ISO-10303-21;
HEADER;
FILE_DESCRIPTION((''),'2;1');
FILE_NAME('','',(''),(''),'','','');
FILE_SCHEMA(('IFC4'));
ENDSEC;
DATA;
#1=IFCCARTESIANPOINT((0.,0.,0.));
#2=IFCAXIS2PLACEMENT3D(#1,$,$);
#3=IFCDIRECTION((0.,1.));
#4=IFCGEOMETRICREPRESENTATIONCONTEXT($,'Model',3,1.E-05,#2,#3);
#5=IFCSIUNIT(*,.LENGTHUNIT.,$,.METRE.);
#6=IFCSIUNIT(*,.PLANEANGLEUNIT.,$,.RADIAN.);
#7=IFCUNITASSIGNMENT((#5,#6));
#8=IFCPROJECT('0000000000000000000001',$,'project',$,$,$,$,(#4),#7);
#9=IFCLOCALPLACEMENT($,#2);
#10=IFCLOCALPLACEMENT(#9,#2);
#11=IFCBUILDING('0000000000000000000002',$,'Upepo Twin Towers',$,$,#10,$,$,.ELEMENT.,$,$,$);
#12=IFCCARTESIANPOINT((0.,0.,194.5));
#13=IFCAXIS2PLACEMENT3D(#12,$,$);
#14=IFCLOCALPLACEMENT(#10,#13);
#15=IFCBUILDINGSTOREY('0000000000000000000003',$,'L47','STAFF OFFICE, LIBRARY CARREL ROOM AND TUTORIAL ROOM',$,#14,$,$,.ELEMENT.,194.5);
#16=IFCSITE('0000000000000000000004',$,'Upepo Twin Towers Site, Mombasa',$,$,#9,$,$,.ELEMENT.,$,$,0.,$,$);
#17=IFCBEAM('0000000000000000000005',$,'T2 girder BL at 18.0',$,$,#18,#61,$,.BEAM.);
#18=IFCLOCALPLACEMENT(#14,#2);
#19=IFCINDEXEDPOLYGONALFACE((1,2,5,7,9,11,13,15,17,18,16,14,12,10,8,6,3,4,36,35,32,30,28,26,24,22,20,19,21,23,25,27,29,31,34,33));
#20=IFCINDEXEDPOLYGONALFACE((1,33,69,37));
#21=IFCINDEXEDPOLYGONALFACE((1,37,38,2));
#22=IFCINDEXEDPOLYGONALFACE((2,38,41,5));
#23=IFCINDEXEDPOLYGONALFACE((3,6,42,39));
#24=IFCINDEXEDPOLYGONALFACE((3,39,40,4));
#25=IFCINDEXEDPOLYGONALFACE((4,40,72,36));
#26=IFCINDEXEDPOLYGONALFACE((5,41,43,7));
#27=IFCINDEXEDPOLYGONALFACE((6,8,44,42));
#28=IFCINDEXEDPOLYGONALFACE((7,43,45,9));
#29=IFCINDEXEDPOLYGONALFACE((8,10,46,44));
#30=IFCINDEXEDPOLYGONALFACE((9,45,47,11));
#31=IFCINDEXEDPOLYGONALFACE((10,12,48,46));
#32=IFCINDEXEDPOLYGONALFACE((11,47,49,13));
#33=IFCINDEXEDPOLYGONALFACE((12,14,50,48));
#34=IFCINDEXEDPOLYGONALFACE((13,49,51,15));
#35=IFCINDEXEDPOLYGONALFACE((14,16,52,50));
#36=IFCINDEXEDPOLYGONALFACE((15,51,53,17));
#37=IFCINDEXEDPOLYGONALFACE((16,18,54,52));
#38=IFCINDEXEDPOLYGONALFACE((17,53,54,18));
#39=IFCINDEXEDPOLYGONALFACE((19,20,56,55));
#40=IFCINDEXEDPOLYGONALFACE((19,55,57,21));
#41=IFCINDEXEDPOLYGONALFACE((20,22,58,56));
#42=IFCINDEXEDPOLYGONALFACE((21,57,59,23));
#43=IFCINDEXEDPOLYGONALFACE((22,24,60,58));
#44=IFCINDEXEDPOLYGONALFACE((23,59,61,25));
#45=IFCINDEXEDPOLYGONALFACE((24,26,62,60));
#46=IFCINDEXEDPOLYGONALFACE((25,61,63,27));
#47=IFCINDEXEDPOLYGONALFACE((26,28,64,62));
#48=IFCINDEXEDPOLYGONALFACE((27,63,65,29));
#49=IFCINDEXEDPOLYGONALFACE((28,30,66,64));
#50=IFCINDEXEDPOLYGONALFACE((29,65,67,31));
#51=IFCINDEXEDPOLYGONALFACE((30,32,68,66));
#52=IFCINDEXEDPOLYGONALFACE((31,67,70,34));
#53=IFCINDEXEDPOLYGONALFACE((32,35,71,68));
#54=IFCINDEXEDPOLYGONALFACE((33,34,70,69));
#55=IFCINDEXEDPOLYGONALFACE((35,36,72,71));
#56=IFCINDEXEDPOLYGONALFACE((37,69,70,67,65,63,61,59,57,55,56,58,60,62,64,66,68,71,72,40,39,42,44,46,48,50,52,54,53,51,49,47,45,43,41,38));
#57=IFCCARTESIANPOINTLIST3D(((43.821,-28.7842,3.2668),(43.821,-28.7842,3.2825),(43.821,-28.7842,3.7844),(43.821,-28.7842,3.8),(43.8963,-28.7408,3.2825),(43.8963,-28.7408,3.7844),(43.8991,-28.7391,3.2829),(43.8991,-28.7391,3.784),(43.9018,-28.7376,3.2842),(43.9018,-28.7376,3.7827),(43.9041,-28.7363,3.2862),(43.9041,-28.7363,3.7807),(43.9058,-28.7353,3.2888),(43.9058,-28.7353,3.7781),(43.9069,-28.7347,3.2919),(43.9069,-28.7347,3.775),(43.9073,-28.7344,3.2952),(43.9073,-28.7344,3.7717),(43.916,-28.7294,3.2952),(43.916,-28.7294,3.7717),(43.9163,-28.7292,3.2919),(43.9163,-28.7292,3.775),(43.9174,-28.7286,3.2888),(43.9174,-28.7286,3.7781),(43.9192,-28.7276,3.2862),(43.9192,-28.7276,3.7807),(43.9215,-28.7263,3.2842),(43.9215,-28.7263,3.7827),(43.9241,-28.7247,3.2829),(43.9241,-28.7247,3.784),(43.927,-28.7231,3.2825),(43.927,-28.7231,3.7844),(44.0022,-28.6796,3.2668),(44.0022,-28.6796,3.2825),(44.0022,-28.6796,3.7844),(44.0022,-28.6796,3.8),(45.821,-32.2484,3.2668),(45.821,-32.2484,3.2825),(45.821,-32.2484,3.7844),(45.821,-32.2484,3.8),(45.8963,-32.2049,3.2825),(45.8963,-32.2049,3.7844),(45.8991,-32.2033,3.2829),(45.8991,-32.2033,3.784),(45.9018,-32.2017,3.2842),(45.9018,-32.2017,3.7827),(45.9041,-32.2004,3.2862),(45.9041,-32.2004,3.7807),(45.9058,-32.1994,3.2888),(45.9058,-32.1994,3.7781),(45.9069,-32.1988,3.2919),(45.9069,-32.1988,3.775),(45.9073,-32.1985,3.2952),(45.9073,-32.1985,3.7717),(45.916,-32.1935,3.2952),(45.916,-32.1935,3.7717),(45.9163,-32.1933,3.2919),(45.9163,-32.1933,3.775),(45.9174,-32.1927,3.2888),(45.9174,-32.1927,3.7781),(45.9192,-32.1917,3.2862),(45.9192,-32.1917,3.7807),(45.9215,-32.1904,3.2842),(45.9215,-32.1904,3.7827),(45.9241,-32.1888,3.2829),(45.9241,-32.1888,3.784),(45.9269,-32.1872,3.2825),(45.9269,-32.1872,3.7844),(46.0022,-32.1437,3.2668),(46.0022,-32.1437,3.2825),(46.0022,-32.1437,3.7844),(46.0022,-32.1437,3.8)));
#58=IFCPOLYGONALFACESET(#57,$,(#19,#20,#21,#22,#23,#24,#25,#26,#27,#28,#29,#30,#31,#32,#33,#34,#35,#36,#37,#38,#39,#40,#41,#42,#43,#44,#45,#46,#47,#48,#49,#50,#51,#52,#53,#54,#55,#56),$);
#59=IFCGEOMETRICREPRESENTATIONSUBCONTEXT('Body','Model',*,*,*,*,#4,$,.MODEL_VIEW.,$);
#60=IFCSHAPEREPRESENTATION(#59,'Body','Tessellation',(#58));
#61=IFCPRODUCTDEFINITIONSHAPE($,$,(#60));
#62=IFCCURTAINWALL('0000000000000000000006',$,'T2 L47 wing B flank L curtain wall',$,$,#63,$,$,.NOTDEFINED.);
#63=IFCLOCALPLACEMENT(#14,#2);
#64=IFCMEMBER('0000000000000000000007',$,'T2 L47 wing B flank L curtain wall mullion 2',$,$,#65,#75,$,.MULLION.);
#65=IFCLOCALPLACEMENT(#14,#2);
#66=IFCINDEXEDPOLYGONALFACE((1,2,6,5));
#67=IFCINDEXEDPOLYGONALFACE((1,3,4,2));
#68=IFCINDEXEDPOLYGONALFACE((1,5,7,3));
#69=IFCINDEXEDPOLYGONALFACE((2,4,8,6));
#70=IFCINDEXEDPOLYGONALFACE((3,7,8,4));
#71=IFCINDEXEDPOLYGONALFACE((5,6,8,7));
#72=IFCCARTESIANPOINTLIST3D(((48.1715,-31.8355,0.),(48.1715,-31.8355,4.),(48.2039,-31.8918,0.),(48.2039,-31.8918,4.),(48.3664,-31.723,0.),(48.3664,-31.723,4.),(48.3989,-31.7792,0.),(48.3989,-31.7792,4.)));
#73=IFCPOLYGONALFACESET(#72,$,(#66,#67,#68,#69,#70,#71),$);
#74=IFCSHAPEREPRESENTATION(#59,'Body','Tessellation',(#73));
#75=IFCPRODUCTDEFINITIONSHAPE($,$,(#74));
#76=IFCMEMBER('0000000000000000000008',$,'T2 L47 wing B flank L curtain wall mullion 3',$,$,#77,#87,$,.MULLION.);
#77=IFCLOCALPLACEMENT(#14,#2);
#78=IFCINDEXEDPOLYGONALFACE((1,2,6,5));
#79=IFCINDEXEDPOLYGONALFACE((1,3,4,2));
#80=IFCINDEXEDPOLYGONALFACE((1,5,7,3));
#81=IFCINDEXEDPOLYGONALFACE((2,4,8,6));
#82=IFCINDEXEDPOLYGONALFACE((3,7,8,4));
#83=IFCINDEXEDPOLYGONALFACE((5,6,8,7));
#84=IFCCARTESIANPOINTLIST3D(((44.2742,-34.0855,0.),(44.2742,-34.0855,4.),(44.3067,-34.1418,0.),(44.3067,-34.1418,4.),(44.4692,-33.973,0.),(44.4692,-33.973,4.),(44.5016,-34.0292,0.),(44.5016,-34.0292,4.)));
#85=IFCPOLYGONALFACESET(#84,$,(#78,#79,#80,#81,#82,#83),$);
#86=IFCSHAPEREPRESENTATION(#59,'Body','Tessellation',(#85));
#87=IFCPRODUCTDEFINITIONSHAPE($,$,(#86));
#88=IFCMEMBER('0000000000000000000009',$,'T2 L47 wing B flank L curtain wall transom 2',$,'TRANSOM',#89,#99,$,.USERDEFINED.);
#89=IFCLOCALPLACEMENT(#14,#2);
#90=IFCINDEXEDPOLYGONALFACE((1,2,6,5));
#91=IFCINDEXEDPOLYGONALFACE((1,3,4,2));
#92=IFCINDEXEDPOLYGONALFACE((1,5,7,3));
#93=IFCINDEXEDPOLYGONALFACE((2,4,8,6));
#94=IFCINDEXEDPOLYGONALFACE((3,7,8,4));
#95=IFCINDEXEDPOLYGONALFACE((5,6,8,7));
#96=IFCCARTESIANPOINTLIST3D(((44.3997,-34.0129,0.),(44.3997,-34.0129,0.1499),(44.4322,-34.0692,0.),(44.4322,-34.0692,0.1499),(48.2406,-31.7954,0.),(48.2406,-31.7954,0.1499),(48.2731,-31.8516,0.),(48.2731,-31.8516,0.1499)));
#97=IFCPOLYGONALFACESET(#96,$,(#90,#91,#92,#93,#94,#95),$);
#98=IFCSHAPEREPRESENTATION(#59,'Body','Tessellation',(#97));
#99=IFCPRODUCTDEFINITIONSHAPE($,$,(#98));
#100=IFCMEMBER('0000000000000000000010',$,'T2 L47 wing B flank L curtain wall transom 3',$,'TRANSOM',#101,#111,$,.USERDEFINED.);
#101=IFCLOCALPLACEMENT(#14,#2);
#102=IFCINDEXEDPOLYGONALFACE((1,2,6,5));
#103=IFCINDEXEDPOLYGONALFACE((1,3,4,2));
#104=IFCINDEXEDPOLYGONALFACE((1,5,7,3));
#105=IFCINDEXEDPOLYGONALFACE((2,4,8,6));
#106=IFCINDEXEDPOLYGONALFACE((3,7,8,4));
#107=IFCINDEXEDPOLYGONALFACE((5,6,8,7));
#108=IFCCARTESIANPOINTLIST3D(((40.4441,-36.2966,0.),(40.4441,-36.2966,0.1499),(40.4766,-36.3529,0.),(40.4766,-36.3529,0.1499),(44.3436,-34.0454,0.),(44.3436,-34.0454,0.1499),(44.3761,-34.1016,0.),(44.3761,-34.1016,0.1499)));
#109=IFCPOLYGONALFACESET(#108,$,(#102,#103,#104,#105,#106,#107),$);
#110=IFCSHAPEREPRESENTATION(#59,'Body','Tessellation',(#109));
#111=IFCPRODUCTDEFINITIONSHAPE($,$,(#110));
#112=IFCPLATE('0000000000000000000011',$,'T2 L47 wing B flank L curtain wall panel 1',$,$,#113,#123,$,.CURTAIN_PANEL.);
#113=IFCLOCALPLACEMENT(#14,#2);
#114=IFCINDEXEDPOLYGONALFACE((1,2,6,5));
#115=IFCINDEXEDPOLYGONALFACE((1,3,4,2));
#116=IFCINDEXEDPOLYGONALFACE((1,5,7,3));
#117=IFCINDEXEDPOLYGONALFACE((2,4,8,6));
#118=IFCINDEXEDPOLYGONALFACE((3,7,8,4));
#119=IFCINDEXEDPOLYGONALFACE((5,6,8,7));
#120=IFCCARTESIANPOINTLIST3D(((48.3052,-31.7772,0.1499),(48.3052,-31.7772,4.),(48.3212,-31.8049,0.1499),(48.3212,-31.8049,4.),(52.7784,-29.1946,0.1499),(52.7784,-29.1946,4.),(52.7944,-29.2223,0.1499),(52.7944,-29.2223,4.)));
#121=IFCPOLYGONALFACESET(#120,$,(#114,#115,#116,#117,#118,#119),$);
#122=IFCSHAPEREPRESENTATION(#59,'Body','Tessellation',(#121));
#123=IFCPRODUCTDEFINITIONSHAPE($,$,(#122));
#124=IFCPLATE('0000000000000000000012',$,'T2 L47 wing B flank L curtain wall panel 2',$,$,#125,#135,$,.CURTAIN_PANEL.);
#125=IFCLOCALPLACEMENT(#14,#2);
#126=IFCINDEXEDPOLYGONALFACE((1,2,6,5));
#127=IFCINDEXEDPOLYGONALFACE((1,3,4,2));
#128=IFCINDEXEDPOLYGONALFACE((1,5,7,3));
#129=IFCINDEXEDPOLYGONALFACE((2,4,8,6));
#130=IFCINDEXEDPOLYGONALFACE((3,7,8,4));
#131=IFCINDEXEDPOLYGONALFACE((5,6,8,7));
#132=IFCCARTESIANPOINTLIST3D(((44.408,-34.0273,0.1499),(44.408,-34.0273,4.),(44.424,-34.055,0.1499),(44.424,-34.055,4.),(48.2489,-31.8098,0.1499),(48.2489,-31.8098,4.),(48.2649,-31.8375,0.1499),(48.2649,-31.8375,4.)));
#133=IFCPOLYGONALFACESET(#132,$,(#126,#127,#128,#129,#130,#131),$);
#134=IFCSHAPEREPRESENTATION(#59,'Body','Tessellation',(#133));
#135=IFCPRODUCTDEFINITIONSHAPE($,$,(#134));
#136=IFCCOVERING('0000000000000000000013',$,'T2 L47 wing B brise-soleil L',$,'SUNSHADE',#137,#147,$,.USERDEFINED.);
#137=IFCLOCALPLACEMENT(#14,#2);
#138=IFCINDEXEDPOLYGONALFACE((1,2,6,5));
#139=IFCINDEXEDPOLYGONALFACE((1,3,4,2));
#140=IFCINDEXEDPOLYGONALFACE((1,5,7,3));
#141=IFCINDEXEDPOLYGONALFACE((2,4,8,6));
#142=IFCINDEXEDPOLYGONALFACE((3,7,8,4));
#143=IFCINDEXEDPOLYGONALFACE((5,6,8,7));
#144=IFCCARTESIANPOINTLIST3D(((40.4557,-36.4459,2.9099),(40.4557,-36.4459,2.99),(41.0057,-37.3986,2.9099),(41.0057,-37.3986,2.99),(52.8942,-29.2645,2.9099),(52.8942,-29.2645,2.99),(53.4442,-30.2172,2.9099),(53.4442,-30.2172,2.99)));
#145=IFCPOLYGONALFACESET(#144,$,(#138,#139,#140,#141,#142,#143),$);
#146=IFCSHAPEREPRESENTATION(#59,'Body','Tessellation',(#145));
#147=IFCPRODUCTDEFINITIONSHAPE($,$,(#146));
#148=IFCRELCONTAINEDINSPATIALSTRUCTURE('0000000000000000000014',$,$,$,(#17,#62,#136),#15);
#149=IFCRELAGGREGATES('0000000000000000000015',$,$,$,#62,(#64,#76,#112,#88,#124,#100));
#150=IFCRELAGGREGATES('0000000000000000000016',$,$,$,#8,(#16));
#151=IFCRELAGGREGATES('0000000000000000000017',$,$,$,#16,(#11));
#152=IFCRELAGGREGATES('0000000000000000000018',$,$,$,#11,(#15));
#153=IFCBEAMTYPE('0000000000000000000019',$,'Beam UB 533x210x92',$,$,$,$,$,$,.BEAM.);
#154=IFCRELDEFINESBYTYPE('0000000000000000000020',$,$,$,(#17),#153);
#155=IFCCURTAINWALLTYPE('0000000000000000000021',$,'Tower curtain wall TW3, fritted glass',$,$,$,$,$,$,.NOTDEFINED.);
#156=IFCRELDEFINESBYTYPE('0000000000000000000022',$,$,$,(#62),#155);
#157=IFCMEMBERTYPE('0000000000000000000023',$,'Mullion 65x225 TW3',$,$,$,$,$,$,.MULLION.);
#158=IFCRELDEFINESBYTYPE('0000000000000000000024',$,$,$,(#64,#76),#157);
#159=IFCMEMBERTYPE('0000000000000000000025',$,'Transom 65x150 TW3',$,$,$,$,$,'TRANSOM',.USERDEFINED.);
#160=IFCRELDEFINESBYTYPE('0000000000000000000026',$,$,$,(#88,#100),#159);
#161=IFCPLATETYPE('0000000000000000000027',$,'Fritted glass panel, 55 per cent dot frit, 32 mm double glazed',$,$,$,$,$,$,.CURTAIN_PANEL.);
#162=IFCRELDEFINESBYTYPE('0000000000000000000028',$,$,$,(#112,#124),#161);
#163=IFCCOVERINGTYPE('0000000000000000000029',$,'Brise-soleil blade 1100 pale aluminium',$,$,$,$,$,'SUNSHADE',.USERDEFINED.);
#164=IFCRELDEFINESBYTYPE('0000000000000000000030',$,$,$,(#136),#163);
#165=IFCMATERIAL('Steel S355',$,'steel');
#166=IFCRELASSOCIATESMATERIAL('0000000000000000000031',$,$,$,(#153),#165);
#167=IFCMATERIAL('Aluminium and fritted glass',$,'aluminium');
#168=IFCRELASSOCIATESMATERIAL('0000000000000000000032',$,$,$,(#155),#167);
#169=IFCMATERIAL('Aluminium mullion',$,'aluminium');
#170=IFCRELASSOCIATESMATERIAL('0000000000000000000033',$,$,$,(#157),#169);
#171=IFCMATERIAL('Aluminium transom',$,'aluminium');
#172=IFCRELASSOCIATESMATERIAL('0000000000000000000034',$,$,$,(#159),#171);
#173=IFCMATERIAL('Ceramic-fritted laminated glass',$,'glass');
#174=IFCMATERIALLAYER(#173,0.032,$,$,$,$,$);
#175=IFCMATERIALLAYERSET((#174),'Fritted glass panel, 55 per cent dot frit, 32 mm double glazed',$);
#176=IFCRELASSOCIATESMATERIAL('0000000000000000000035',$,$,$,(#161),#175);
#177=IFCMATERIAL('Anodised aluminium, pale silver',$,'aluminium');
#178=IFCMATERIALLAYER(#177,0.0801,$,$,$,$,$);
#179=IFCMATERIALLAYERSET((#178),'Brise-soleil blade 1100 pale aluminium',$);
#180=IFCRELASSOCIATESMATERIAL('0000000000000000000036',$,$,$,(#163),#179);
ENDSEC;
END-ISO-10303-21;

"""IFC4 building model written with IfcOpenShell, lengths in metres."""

from ifc_helpers import new_model, si_unit, direction, frame, origin, origin_2d, place, context, subcontext, project, spatial, rectangle, i_section, extrude, material, layer, layer_set, material_profile, profile_set, type_object, element, aggregate, save


model = new_model("IFC4")

# Units and contexts
model_context = context("Model", 3, precision=1e-05, world=origin(), true_north=direction((0.0, 1.0)))
body_context = subcontext(model_context, "Body", "Model", "MODEL_VIEW")
ifc_project = project(units=[si_unit("LENGTHUNIT", "METRE"), si_unit("PLANEANGLEUNIT", "RADIAN")], contexts=[model_context])

# Site, building, storey
site_placement = place(None, origin())
site = spatial("IfcSite", under=ifc_project, at=site_placement, Name="Upepo Twin Towers Site, Mombasa", CompositionType="ELEMENT", RefElevation=0.0)
building_placement = place(site_placement, origin())
building = spatial("IfcBuilding", under=site, at=building_placement, Name="Upepo Twin Towers", CompositionType="ELEMENT")
storey_placement = place(building_placement, frame((0.0, 0.0, 194.5)))
storey = spatial("IfcBuildingStorey", under=building, at=storey_placement, Name="L47", Description="STAFF OFFICE, LIBRARY CARREL ROOM AND TUTORIAL ROOM", CompositionType="ELEMENT", Elevation=194.5)

# Beam
ifc_material_1 = material(Name="Steel S355", Category="steel")
ifc_material_profile_1 = material_profile(ifc_material_1, i_section(OverallWidth=0.2092, OverallDepth=0.5332, WebThickness=0.01, FlangeThickness=0.0156, FilletRadius=0.0127, at=origin_2d()), Name="UB 533x210x92")
ifc_profile_set_1 = profile_set([ifc_material_profile_1], Name="Steel S355")
beam_type_1 = type_object("IfcBeamType", Name="Beam UB 533x210x92", PredefinedType="BEAM", material=ifc_profile_set_1)
for number, where, z_axis, x_axis, name in (
    (1, (45.9116, -32.196, 3.5334), (-0.499999, 0.866026, 0.0), (-0.866026, -0.499999, 0.0), "T2 girder BL at 18.0"),
):
    element("IfcBeam", number, at=place(storey_placement, frame(where, z_axis=z_axis, x_axis=x_axis)), inside=storey, type_object=beam_type_1, Name=name, PredefinedType="BEAM", context=body_context, shape_type="SweptSolid", body=[
        extrude(i_section(OverallWidth=0.2092, OverallDepth=0.5332, WebThickness=0.01, FlangeThickness=0.0156, FilletRadius=0.0127, at=origin_2d()), origin(), (0.0, 0.0, 1.0), 4.0),
    ])

# Curtain wall, members, plates
ifc_material_2 = material(Name="Aluminium and fritted glass", Category="aluminium")
curtain_wall_type = type_object("IfcCurtainWallType", Name="Tower curtain wall TW3, fritted glass", PredefinedType="NOTDEFINED", material=ifc_material_2)
curtain_wall_placement = place(storey_placement, origin())
curtain_wall = element("IfcCurtainWall", 2, at=curtain_wall_placement, inside=storey, type_object=curtain_wall_type, Name="T2 L47 wing B flank L curtain wall", PredefinedType="NOTDEFINED")
ifc_material_3 = material(Name="Aluminium mullion", Category="aluminium")
ifc_material_profile_2 = material_profile(ifc_material_3, rectangle(XDim=0.0649, YDim=0.2251, at=origin_2d()), Name="MULLION 65x225")
ifc_profile_set_2 = profile_set([ifc_material_profile_2], Name="Aluminium mullion")
member_type_1 = type_object("IfcMemberType", Name="Mullion 65x225 TW3", PredefinedType="MULLION", material=ifc_profile_set_2)
member_1_placement = place(storey_placement, frame((48.2852, -31.8074, 0.0), z_axis=(0.0, 0.0, 1.0), x_axis=(0.5, -0.866025, 0.0)))
member_1 = element("IfcMember", 3, at=member_1_placement, type_object=member_type_1, Name="T2 L47 wing B flank L curtain wall mullion 2", PredefinedType="MULLION", context=body_context, shape_type="SweptSolid", body=[
    extrude(rectangle(XDim=0.0649, YDim=0.2251, at=origin_2d()), origin(), (0.0, 0.0, 1.0), 4.0),
])
member_2_placement = place(storey_placement, frame((44.3879, -34.0574, 0.0), z_axis=(0.0, 0.0, 1.0), x_axis=(0.5, -0.866025, 0.0)))
member_2 = element("IfcMember", 4, at=member_2_placement, type_object=member_type_1, Name="T2 L47 wing B flank L curtain wall mullion 3", PredefinedType="MULLION", context=body_context, shape_type="SweptSolid", body=[
    extrude(rectangle(XDim=0.0649, YDim=0.2251, at=origin_2d()), origin(), (0.0, 0.0, 1.0), 4.0),
])
ifc_material_4 = material(Name="Aluminium transom", Category="aluminium")
ifc_material_profile_3 = material_profile(ifc_material_4, rectangle(XDim=0.0649, YDim=0.1499, at=origin_2d()), Name="TRANSOM 65x150")
ifc_profile_set_3 = profile_set([ifc_material_profile_3], Name="Aluminium transom")
member_type_2 = type_object("IfcMemberType", Name="Transom 65x150 TW3", ElementType="TRANSOM", PredefinedType="USERDEFINED", material=ifc_profile_set_3)
member_3_placement = place(storey_placement, frame((48.2568, -31.8235, 0.075), z_axis=(-0.866022, -0.500005, 0.0), x_axis=(0.500005, -0.866022, 0.0)))
member_3 = element("IfcMember", 5, at=member_3_placement, type_object=member_type_2, Name="T2 L47 wing B flank L curtain wall transom 2", ObjectType="TRANSOM", PredefinedType="USERDEFINED", context=body_context, shape_type="SweptSolid", body=[
    extrude(rectangle(XDim=0.0649, YDim=0.1499, at=origin_2d()), origin(), (0.0, 0.0, 1.0), 4.4351),
])
member_4_placement = place(storey_placement, frame((44.3599, -34.0735, 0.075), z_axis=(-0.866036, -0.499982, 0.0), x_axis=(0.499982, -0.866036, 0.0)))
member_4 = element("IfcMember", 6, at=member_4_placement, type_object=member_type_2, Name="T2 L47 wing B flank L curtain wall transom 3", ObjectType="TRANSOM", PredefinedType="USERDEFINED", context=body_context, shape_type="SweptSolid", body=[
    extrude(rectangle(XDim=0.0649, YDim=0.1499, at=origin_2d()), origin(), (0.0, 0.0, 1.0), 4.5027),
])
ifc_material_5 = material(Name="Ceramic-fritted laminated glass", Category="glass")
ifc_layer_1 = layer(ifc_material_5, 0.032)
ifc_layer_set_1 = layer_set([ifc_layer_1], Name="Fritted glass panel, 55 per cent dot frit, 32 mm double glazed")
plate_type = type_object("IfcPlateType", Name="Fritted glass panel, 55 per cent dot frit, 32 mm double glazed", PredefinedType="CURTAIN_PANEL", material=ifc_layer_set_1)
plate_1_placement = place(storey_placement, frame((50.5498, -30.4998, 0.1499), z_axis=(0.0, 0.0, 1.0), x_axis=(-0.866025, -0.5, 0.0)))
plate_1 = element("IfcPlate", 7, at=plate_1_placement, type_object=plate_type, Name="T2 L47 wing B flank L curtain wall panel 1", PredefinedType="CURTAIN_PANEL", context=body_context, shape_type="SweptSolid", body=[
    extrude(rectangle(XDim=5.1653, YDim=0.032, at=origin_2d()), origin(), (0.0, 0.0, 1.0), 3.8501),
])
plate_2_placement = place(storey_placement, frame((46.3364, -32.9324, 0.1499), z_axis=(0.0, 0.0, 1.0), x_axis=(-0.866025, -0.5, 0.0)))
plate_2 = element("IfcPlate", 8, at=plate_2_placement, type_object=plate_type, Name="T2 L47 wing B flank L curtain wall panel 2", PredefinedType="CURTAIN_PANEL", context=body_context, shape_type="SweptSolid", body=[
    extrude(rectangle(XDim=4.4351, YDim=0.032, at=origin_2d()), origin(), (0.0, 0.0, 1.0), 3.8501),
])
aggregate(curtain_wall, [member_1, member_2, plate_1, member_3, plate_2, member_4])

# Covering
ifc_material_6 = material(Name="Anodised aluminium, pale silver", Category="aluminium")
ifc_layer_2 = layer(ifc_material_6, 0.0801)
ifc_layer_set_2 = layer_set([ifc_layer_2], Name="Brise-soleil blade 1100 pale aluminium")
covering_type = type_object("IfcCoveringType", Name="Brise-soleil blade 1100 pale aluminium", ElementType="SUNSHADE", PredefinedType="USERDEFINED", material=ifc_layer_set_2)
covering_placement = place(storey_placement, frame((46.95, -33.3315, 2.9099), z_axis=(0.0, 0.0, 1.0), x_axis=(-0.866025, -0.5, 0.0)))
element("IfcCovering", 9, at=covering_placement, inside=storey, type_object=covering_type, Name="T2 L47 wing B brise-soleil L", ObjectType="SUNSHADE", PredefinedType="USERDEFINED", context=body_context, shape_type="SweptSolid", body=[
    extrude(rectangle(XDim=14.3628, YDim=1.1001, at=origin_2d()), origin(), (0.0, 0.0, 1.0), 0.0801),
])

save(model, "model.ifc")
